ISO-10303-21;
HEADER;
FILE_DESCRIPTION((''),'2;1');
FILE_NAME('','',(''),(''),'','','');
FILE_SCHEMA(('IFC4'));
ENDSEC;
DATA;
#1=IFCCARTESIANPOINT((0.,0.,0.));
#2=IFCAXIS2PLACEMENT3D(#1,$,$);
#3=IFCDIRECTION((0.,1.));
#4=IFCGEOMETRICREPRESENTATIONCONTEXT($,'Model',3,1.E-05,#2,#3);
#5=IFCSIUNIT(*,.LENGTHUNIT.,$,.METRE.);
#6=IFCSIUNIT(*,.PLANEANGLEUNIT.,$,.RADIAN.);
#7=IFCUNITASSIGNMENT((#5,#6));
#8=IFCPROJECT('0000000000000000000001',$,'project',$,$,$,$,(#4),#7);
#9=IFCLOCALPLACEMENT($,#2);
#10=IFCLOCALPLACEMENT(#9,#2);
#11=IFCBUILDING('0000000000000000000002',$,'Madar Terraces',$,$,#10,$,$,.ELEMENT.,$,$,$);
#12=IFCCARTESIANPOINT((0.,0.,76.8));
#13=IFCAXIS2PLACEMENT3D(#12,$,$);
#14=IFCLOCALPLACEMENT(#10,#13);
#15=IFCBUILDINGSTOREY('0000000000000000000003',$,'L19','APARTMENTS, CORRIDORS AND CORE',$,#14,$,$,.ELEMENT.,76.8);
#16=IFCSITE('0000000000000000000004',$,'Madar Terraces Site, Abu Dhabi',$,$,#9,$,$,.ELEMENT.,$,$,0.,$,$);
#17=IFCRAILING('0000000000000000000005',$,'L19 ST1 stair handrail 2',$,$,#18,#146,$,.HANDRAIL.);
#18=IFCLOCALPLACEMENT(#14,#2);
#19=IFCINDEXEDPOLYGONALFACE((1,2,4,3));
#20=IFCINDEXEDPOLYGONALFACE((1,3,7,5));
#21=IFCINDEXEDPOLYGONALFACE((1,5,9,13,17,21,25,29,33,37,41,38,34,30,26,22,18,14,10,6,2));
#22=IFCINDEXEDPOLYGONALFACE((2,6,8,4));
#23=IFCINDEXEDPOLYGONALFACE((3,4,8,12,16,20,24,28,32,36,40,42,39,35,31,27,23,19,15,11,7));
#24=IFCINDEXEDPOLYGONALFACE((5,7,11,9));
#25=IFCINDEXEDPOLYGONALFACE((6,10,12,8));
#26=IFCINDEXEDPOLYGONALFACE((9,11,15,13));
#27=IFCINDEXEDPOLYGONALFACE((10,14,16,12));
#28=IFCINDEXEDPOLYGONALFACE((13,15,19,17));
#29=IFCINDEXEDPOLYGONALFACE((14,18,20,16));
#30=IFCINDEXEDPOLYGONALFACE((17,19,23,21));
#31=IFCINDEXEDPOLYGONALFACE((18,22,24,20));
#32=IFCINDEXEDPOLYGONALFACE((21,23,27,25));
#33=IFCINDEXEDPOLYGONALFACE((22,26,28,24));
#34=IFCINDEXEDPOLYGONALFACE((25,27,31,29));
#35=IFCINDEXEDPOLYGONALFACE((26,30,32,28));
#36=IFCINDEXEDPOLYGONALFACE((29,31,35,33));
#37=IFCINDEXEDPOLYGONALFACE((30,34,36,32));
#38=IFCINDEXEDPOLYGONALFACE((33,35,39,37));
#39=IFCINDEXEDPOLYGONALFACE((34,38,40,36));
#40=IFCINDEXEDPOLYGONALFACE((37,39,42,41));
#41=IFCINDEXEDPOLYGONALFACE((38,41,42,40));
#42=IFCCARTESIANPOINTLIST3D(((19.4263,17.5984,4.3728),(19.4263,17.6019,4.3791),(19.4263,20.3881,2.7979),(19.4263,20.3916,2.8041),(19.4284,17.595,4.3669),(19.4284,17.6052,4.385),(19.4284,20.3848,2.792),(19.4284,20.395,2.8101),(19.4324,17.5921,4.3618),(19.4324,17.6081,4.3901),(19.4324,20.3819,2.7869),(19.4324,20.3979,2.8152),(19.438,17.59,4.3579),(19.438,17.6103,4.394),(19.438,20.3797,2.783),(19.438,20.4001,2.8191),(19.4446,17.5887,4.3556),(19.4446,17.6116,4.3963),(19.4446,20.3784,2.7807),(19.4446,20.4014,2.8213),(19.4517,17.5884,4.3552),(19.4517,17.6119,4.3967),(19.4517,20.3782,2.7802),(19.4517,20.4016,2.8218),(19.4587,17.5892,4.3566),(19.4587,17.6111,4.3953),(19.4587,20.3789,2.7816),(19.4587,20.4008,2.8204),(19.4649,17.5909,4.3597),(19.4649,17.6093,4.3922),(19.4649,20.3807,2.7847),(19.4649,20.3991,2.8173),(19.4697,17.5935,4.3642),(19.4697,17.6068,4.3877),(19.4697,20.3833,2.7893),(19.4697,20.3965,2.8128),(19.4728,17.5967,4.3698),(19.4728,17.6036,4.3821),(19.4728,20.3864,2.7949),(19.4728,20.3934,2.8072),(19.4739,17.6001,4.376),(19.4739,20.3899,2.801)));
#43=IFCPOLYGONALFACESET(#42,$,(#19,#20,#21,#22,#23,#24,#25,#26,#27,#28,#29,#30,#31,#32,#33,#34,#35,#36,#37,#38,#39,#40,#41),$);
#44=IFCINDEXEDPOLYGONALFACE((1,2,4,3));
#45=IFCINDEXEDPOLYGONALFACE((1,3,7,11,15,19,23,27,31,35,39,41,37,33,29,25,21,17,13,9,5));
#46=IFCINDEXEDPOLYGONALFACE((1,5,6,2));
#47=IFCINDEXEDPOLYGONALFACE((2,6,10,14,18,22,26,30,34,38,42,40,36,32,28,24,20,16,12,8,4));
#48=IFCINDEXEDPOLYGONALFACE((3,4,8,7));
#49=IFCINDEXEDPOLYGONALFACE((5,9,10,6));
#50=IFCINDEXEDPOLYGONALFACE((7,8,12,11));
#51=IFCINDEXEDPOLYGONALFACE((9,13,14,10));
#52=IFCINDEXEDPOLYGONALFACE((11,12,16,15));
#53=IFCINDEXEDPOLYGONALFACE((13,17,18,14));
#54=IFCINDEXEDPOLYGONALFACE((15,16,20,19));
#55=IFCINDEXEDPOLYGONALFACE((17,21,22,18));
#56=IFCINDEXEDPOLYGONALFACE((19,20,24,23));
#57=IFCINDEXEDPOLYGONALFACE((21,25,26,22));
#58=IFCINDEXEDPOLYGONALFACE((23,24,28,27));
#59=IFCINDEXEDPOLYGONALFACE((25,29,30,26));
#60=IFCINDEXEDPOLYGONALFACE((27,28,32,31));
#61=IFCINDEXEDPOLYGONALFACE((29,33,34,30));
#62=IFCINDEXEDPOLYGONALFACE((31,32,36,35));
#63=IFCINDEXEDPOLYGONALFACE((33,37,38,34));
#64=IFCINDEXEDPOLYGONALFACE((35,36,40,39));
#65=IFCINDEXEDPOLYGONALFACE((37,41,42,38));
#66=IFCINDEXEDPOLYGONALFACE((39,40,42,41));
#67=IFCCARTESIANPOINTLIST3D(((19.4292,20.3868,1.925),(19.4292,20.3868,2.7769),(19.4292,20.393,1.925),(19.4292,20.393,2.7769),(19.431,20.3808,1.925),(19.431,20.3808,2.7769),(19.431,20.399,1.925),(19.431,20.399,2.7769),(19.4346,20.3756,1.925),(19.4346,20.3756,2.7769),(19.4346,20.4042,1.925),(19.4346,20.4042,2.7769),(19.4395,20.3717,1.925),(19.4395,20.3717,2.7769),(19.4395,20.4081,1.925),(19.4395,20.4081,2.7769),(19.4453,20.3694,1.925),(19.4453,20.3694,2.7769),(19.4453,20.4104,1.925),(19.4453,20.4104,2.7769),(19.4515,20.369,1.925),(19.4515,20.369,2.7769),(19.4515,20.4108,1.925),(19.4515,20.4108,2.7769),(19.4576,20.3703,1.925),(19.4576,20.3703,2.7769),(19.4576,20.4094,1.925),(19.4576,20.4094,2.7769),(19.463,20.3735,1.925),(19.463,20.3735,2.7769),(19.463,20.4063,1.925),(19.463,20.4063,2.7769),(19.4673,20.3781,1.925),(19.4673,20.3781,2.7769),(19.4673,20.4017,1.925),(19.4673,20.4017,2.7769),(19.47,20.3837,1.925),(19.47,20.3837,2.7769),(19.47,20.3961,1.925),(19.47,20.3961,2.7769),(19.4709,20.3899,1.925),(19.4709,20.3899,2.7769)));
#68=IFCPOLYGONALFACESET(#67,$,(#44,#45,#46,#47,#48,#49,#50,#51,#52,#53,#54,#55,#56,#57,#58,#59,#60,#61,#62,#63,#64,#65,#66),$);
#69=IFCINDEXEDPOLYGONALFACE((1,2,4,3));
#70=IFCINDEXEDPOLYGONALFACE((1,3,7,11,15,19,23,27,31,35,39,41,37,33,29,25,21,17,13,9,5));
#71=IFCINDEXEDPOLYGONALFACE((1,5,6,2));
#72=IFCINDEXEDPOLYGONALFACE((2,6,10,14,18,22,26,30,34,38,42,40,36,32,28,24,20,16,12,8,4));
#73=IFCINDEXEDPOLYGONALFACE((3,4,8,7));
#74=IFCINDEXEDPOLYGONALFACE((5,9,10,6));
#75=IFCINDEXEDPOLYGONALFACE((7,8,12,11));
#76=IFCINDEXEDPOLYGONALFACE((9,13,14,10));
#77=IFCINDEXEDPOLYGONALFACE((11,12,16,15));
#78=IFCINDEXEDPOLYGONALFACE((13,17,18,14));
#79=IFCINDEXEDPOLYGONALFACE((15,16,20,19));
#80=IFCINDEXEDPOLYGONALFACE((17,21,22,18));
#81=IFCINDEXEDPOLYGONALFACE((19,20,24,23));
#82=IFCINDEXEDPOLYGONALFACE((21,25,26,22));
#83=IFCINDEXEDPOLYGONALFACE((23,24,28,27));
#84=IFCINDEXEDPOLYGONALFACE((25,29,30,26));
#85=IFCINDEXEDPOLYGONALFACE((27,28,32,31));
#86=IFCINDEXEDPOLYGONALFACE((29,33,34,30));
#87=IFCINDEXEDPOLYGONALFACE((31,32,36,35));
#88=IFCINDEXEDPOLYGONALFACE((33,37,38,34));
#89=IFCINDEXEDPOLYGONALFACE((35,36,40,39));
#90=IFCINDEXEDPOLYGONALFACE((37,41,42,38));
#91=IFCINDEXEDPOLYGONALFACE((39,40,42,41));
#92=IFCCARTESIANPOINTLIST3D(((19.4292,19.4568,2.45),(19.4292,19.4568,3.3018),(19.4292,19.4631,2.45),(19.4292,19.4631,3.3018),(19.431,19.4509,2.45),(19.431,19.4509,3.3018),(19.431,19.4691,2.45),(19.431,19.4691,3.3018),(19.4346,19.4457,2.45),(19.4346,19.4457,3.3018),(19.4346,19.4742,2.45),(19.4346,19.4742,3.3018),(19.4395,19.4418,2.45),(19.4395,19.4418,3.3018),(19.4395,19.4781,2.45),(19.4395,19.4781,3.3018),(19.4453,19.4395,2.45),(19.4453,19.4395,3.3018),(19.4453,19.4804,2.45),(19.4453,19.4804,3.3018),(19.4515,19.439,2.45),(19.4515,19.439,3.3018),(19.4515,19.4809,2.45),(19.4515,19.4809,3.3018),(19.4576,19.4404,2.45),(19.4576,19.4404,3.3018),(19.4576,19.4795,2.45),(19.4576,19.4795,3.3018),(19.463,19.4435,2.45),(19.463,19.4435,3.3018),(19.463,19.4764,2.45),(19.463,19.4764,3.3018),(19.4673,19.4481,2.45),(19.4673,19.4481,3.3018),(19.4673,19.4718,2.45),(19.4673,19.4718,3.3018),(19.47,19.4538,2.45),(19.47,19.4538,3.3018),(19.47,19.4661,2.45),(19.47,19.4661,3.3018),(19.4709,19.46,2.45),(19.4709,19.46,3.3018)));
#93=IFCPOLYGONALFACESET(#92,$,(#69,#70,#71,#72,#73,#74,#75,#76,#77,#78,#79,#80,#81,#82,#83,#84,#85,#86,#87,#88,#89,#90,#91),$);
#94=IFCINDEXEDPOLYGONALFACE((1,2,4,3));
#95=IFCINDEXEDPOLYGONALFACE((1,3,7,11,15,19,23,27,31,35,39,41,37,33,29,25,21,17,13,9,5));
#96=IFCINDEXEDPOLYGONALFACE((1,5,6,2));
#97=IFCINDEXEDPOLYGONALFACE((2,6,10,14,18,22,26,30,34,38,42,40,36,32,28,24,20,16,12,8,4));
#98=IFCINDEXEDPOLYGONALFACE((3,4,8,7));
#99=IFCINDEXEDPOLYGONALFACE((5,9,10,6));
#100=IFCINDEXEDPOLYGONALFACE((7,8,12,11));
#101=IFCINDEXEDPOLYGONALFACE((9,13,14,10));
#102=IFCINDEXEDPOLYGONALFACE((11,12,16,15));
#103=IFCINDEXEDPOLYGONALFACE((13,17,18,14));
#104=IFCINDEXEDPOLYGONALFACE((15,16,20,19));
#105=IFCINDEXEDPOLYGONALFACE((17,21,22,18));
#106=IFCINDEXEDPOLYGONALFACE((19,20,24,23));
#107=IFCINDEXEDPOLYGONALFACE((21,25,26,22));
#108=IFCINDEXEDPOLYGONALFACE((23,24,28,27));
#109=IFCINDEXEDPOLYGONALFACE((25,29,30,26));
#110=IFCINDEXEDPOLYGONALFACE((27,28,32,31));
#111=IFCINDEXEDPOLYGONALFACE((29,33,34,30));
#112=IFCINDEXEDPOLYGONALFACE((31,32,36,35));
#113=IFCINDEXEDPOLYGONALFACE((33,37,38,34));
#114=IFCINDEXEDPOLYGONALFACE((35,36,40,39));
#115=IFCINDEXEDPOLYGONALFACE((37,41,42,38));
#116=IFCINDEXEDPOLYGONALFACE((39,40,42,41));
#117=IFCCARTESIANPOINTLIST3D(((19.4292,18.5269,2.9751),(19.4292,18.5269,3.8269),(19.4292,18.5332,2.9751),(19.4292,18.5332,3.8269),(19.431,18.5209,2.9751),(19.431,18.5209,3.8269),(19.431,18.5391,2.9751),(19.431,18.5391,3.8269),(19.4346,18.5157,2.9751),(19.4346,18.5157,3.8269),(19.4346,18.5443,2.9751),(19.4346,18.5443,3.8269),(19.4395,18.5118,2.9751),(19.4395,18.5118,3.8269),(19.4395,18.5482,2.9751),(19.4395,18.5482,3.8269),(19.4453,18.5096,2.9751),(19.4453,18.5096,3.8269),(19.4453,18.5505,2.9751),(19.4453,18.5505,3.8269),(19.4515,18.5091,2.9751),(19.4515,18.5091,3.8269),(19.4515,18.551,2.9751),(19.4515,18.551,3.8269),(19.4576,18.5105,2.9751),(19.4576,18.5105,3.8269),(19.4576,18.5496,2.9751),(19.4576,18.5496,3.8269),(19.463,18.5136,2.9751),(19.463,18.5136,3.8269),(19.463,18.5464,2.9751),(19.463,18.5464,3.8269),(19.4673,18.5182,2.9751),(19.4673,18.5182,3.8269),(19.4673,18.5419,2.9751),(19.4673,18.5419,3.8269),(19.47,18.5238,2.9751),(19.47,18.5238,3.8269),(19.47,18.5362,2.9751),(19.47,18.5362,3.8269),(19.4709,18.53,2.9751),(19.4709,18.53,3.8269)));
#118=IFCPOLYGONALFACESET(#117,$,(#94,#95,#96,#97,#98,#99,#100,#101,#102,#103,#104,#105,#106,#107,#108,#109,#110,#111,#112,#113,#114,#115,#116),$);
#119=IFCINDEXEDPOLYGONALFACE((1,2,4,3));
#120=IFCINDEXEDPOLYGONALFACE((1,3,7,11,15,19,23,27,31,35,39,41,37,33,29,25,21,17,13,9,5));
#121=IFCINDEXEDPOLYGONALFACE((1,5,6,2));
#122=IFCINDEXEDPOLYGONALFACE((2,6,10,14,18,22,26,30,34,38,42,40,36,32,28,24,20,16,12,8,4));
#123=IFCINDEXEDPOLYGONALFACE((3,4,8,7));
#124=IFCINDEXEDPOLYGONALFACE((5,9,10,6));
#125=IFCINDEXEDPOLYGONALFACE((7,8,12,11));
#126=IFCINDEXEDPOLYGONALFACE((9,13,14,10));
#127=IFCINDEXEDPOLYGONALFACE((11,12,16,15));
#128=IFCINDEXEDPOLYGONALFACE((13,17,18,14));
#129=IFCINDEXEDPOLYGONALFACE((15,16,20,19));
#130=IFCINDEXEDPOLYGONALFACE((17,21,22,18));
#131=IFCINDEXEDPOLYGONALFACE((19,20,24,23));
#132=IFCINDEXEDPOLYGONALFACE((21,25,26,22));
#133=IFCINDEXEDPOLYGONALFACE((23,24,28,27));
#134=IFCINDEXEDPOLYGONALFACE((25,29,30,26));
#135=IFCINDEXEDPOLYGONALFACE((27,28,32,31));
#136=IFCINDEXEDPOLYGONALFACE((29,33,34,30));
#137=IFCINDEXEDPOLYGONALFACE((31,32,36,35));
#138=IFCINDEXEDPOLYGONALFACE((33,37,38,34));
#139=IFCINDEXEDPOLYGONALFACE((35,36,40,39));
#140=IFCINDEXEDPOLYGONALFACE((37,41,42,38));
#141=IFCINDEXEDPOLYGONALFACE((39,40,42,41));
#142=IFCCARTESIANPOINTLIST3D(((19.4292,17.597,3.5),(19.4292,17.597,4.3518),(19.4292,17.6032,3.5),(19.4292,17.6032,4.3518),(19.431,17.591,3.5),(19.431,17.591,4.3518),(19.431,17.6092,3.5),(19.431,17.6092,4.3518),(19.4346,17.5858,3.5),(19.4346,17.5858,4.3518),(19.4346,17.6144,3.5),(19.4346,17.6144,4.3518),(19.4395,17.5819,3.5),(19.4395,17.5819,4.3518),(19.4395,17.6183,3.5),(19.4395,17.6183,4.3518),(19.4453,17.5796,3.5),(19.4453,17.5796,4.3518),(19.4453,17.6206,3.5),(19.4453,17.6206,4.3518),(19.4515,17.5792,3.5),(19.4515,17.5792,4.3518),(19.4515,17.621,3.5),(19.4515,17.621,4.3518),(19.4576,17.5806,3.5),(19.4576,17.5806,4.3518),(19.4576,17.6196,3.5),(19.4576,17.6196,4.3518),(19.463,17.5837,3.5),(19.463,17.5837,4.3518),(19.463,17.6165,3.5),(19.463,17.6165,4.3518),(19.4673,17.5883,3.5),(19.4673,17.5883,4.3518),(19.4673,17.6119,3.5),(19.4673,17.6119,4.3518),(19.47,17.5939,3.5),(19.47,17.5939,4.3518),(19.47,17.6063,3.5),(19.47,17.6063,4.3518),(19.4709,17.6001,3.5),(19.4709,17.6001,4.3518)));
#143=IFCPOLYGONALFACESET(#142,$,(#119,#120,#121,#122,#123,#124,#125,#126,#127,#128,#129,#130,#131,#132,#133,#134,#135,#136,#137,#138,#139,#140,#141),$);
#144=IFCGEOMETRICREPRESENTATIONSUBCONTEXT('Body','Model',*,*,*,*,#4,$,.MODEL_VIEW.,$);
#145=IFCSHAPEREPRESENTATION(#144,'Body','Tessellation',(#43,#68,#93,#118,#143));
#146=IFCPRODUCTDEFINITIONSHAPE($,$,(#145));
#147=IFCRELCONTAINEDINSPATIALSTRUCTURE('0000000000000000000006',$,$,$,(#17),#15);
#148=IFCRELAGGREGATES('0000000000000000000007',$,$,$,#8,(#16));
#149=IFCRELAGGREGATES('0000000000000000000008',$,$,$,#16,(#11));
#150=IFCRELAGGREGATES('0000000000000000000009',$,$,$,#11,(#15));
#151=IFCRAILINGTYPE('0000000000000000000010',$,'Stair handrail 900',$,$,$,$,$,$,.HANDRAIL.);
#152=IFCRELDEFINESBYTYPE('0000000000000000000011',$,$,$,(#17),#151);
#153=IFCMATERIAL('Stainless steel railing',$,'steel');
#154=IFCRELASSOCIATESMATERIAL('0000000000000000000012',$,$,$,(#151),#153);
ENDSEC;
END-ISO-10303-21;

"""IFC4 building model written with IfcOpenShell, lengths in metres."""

from ifc_helpers import new_model, si_unit, direction, frame, origin, origin_2d, place, context, subcontext, project, spatial, circle, extrude, material, type_object, element, save


model = new_model("IFC4")

# Units and contexts
model_context = context("Model", 3, precision=1e-05, world=origin(), true_north=direction((0.0, 1.0)))
body_context = subcontext(model_context, "Body", "Model", "MODEL_VIEW")
ifc_project = project(units=[si_unit("LENGTHUNIT", "METRE"), si_unit("PLANEANGLEUNIT", "RADIAN")], contexts=[model_context])

# Site, building, storey
site_placement = place(None, origin())
site = spatial("IfcSite", under=ifc_project, at=site_placement, Name="Madar Terraces Site, Abu Dhabi", CompositionType="ELEMENT", RefElevation=0.0)
building_placement = place(site_placement, origin())
building = spatial("IfcBuilding", under=site, at=building_placement, Name="Madar Terraces", CompositionType="ELEMENT")
storey_placement = place(building_placement, frame((0.0, 0.0, 76.8)))
storey = spatial("IfcBuildingStorey", under=building, at=storey_placement, Name="L19", Description="APARTMENTS, CORRIDORS AND CORE", CompositionType="ELEMENT", Elevation=76.8)

# Railing
ifc_material_1 = material(Name="Stainless steel railing", Category="steel")
railing_type_1 = type_object("IfcRailingType", Name="Stair handrail 900", PredefinedType="HANDRAIL", material=ifc_material_1)
railing_1_placement = place(storey_placement, frame((19.45, 20.3899, 1.925)))
element("IfcRailing", 1, at=railing_1_placement, inside=storey, type_object=railing_type_1, Name="L19 ST1 stair handrail 2", PredefinedType="HANDRAIL", context=body_context, shape_type="SweptSolid", body=[
    extrude(circle(Radius=0.0239, at=origin_2d()), frame((0.0, 0.0, 0.876), z_axis=(0.0, -0.870815, 0.49161), x_axis=(1.0, 0.0, 0.0)), (0.0, 0.0, 1.0), 3.2036),
    extrude(circle(Radius=0.021, at=origin_2d()), origin(), (0.0, 0.0, 1.0), 0.8518),
    extrude(circle(Radius=0.021, at=origin_2d()), frame((0.0, -0.9299, 0.5249)), (0.0, 0.0, 1.0), 0.8518),
    extrude(circle(Radius=0.021, at=origin_2d()), frame((0.0, -1.8599, 1.05)), (0.0, 0.0, 1.0), 0.8518),
    extrude(circle(Radius=0.021, at=origin_2d()), frame((0.0, -2.7898, 1.575)), (0.0, 0.0, 1.0), 0.8518),
])

save(model, "model.ifc")
